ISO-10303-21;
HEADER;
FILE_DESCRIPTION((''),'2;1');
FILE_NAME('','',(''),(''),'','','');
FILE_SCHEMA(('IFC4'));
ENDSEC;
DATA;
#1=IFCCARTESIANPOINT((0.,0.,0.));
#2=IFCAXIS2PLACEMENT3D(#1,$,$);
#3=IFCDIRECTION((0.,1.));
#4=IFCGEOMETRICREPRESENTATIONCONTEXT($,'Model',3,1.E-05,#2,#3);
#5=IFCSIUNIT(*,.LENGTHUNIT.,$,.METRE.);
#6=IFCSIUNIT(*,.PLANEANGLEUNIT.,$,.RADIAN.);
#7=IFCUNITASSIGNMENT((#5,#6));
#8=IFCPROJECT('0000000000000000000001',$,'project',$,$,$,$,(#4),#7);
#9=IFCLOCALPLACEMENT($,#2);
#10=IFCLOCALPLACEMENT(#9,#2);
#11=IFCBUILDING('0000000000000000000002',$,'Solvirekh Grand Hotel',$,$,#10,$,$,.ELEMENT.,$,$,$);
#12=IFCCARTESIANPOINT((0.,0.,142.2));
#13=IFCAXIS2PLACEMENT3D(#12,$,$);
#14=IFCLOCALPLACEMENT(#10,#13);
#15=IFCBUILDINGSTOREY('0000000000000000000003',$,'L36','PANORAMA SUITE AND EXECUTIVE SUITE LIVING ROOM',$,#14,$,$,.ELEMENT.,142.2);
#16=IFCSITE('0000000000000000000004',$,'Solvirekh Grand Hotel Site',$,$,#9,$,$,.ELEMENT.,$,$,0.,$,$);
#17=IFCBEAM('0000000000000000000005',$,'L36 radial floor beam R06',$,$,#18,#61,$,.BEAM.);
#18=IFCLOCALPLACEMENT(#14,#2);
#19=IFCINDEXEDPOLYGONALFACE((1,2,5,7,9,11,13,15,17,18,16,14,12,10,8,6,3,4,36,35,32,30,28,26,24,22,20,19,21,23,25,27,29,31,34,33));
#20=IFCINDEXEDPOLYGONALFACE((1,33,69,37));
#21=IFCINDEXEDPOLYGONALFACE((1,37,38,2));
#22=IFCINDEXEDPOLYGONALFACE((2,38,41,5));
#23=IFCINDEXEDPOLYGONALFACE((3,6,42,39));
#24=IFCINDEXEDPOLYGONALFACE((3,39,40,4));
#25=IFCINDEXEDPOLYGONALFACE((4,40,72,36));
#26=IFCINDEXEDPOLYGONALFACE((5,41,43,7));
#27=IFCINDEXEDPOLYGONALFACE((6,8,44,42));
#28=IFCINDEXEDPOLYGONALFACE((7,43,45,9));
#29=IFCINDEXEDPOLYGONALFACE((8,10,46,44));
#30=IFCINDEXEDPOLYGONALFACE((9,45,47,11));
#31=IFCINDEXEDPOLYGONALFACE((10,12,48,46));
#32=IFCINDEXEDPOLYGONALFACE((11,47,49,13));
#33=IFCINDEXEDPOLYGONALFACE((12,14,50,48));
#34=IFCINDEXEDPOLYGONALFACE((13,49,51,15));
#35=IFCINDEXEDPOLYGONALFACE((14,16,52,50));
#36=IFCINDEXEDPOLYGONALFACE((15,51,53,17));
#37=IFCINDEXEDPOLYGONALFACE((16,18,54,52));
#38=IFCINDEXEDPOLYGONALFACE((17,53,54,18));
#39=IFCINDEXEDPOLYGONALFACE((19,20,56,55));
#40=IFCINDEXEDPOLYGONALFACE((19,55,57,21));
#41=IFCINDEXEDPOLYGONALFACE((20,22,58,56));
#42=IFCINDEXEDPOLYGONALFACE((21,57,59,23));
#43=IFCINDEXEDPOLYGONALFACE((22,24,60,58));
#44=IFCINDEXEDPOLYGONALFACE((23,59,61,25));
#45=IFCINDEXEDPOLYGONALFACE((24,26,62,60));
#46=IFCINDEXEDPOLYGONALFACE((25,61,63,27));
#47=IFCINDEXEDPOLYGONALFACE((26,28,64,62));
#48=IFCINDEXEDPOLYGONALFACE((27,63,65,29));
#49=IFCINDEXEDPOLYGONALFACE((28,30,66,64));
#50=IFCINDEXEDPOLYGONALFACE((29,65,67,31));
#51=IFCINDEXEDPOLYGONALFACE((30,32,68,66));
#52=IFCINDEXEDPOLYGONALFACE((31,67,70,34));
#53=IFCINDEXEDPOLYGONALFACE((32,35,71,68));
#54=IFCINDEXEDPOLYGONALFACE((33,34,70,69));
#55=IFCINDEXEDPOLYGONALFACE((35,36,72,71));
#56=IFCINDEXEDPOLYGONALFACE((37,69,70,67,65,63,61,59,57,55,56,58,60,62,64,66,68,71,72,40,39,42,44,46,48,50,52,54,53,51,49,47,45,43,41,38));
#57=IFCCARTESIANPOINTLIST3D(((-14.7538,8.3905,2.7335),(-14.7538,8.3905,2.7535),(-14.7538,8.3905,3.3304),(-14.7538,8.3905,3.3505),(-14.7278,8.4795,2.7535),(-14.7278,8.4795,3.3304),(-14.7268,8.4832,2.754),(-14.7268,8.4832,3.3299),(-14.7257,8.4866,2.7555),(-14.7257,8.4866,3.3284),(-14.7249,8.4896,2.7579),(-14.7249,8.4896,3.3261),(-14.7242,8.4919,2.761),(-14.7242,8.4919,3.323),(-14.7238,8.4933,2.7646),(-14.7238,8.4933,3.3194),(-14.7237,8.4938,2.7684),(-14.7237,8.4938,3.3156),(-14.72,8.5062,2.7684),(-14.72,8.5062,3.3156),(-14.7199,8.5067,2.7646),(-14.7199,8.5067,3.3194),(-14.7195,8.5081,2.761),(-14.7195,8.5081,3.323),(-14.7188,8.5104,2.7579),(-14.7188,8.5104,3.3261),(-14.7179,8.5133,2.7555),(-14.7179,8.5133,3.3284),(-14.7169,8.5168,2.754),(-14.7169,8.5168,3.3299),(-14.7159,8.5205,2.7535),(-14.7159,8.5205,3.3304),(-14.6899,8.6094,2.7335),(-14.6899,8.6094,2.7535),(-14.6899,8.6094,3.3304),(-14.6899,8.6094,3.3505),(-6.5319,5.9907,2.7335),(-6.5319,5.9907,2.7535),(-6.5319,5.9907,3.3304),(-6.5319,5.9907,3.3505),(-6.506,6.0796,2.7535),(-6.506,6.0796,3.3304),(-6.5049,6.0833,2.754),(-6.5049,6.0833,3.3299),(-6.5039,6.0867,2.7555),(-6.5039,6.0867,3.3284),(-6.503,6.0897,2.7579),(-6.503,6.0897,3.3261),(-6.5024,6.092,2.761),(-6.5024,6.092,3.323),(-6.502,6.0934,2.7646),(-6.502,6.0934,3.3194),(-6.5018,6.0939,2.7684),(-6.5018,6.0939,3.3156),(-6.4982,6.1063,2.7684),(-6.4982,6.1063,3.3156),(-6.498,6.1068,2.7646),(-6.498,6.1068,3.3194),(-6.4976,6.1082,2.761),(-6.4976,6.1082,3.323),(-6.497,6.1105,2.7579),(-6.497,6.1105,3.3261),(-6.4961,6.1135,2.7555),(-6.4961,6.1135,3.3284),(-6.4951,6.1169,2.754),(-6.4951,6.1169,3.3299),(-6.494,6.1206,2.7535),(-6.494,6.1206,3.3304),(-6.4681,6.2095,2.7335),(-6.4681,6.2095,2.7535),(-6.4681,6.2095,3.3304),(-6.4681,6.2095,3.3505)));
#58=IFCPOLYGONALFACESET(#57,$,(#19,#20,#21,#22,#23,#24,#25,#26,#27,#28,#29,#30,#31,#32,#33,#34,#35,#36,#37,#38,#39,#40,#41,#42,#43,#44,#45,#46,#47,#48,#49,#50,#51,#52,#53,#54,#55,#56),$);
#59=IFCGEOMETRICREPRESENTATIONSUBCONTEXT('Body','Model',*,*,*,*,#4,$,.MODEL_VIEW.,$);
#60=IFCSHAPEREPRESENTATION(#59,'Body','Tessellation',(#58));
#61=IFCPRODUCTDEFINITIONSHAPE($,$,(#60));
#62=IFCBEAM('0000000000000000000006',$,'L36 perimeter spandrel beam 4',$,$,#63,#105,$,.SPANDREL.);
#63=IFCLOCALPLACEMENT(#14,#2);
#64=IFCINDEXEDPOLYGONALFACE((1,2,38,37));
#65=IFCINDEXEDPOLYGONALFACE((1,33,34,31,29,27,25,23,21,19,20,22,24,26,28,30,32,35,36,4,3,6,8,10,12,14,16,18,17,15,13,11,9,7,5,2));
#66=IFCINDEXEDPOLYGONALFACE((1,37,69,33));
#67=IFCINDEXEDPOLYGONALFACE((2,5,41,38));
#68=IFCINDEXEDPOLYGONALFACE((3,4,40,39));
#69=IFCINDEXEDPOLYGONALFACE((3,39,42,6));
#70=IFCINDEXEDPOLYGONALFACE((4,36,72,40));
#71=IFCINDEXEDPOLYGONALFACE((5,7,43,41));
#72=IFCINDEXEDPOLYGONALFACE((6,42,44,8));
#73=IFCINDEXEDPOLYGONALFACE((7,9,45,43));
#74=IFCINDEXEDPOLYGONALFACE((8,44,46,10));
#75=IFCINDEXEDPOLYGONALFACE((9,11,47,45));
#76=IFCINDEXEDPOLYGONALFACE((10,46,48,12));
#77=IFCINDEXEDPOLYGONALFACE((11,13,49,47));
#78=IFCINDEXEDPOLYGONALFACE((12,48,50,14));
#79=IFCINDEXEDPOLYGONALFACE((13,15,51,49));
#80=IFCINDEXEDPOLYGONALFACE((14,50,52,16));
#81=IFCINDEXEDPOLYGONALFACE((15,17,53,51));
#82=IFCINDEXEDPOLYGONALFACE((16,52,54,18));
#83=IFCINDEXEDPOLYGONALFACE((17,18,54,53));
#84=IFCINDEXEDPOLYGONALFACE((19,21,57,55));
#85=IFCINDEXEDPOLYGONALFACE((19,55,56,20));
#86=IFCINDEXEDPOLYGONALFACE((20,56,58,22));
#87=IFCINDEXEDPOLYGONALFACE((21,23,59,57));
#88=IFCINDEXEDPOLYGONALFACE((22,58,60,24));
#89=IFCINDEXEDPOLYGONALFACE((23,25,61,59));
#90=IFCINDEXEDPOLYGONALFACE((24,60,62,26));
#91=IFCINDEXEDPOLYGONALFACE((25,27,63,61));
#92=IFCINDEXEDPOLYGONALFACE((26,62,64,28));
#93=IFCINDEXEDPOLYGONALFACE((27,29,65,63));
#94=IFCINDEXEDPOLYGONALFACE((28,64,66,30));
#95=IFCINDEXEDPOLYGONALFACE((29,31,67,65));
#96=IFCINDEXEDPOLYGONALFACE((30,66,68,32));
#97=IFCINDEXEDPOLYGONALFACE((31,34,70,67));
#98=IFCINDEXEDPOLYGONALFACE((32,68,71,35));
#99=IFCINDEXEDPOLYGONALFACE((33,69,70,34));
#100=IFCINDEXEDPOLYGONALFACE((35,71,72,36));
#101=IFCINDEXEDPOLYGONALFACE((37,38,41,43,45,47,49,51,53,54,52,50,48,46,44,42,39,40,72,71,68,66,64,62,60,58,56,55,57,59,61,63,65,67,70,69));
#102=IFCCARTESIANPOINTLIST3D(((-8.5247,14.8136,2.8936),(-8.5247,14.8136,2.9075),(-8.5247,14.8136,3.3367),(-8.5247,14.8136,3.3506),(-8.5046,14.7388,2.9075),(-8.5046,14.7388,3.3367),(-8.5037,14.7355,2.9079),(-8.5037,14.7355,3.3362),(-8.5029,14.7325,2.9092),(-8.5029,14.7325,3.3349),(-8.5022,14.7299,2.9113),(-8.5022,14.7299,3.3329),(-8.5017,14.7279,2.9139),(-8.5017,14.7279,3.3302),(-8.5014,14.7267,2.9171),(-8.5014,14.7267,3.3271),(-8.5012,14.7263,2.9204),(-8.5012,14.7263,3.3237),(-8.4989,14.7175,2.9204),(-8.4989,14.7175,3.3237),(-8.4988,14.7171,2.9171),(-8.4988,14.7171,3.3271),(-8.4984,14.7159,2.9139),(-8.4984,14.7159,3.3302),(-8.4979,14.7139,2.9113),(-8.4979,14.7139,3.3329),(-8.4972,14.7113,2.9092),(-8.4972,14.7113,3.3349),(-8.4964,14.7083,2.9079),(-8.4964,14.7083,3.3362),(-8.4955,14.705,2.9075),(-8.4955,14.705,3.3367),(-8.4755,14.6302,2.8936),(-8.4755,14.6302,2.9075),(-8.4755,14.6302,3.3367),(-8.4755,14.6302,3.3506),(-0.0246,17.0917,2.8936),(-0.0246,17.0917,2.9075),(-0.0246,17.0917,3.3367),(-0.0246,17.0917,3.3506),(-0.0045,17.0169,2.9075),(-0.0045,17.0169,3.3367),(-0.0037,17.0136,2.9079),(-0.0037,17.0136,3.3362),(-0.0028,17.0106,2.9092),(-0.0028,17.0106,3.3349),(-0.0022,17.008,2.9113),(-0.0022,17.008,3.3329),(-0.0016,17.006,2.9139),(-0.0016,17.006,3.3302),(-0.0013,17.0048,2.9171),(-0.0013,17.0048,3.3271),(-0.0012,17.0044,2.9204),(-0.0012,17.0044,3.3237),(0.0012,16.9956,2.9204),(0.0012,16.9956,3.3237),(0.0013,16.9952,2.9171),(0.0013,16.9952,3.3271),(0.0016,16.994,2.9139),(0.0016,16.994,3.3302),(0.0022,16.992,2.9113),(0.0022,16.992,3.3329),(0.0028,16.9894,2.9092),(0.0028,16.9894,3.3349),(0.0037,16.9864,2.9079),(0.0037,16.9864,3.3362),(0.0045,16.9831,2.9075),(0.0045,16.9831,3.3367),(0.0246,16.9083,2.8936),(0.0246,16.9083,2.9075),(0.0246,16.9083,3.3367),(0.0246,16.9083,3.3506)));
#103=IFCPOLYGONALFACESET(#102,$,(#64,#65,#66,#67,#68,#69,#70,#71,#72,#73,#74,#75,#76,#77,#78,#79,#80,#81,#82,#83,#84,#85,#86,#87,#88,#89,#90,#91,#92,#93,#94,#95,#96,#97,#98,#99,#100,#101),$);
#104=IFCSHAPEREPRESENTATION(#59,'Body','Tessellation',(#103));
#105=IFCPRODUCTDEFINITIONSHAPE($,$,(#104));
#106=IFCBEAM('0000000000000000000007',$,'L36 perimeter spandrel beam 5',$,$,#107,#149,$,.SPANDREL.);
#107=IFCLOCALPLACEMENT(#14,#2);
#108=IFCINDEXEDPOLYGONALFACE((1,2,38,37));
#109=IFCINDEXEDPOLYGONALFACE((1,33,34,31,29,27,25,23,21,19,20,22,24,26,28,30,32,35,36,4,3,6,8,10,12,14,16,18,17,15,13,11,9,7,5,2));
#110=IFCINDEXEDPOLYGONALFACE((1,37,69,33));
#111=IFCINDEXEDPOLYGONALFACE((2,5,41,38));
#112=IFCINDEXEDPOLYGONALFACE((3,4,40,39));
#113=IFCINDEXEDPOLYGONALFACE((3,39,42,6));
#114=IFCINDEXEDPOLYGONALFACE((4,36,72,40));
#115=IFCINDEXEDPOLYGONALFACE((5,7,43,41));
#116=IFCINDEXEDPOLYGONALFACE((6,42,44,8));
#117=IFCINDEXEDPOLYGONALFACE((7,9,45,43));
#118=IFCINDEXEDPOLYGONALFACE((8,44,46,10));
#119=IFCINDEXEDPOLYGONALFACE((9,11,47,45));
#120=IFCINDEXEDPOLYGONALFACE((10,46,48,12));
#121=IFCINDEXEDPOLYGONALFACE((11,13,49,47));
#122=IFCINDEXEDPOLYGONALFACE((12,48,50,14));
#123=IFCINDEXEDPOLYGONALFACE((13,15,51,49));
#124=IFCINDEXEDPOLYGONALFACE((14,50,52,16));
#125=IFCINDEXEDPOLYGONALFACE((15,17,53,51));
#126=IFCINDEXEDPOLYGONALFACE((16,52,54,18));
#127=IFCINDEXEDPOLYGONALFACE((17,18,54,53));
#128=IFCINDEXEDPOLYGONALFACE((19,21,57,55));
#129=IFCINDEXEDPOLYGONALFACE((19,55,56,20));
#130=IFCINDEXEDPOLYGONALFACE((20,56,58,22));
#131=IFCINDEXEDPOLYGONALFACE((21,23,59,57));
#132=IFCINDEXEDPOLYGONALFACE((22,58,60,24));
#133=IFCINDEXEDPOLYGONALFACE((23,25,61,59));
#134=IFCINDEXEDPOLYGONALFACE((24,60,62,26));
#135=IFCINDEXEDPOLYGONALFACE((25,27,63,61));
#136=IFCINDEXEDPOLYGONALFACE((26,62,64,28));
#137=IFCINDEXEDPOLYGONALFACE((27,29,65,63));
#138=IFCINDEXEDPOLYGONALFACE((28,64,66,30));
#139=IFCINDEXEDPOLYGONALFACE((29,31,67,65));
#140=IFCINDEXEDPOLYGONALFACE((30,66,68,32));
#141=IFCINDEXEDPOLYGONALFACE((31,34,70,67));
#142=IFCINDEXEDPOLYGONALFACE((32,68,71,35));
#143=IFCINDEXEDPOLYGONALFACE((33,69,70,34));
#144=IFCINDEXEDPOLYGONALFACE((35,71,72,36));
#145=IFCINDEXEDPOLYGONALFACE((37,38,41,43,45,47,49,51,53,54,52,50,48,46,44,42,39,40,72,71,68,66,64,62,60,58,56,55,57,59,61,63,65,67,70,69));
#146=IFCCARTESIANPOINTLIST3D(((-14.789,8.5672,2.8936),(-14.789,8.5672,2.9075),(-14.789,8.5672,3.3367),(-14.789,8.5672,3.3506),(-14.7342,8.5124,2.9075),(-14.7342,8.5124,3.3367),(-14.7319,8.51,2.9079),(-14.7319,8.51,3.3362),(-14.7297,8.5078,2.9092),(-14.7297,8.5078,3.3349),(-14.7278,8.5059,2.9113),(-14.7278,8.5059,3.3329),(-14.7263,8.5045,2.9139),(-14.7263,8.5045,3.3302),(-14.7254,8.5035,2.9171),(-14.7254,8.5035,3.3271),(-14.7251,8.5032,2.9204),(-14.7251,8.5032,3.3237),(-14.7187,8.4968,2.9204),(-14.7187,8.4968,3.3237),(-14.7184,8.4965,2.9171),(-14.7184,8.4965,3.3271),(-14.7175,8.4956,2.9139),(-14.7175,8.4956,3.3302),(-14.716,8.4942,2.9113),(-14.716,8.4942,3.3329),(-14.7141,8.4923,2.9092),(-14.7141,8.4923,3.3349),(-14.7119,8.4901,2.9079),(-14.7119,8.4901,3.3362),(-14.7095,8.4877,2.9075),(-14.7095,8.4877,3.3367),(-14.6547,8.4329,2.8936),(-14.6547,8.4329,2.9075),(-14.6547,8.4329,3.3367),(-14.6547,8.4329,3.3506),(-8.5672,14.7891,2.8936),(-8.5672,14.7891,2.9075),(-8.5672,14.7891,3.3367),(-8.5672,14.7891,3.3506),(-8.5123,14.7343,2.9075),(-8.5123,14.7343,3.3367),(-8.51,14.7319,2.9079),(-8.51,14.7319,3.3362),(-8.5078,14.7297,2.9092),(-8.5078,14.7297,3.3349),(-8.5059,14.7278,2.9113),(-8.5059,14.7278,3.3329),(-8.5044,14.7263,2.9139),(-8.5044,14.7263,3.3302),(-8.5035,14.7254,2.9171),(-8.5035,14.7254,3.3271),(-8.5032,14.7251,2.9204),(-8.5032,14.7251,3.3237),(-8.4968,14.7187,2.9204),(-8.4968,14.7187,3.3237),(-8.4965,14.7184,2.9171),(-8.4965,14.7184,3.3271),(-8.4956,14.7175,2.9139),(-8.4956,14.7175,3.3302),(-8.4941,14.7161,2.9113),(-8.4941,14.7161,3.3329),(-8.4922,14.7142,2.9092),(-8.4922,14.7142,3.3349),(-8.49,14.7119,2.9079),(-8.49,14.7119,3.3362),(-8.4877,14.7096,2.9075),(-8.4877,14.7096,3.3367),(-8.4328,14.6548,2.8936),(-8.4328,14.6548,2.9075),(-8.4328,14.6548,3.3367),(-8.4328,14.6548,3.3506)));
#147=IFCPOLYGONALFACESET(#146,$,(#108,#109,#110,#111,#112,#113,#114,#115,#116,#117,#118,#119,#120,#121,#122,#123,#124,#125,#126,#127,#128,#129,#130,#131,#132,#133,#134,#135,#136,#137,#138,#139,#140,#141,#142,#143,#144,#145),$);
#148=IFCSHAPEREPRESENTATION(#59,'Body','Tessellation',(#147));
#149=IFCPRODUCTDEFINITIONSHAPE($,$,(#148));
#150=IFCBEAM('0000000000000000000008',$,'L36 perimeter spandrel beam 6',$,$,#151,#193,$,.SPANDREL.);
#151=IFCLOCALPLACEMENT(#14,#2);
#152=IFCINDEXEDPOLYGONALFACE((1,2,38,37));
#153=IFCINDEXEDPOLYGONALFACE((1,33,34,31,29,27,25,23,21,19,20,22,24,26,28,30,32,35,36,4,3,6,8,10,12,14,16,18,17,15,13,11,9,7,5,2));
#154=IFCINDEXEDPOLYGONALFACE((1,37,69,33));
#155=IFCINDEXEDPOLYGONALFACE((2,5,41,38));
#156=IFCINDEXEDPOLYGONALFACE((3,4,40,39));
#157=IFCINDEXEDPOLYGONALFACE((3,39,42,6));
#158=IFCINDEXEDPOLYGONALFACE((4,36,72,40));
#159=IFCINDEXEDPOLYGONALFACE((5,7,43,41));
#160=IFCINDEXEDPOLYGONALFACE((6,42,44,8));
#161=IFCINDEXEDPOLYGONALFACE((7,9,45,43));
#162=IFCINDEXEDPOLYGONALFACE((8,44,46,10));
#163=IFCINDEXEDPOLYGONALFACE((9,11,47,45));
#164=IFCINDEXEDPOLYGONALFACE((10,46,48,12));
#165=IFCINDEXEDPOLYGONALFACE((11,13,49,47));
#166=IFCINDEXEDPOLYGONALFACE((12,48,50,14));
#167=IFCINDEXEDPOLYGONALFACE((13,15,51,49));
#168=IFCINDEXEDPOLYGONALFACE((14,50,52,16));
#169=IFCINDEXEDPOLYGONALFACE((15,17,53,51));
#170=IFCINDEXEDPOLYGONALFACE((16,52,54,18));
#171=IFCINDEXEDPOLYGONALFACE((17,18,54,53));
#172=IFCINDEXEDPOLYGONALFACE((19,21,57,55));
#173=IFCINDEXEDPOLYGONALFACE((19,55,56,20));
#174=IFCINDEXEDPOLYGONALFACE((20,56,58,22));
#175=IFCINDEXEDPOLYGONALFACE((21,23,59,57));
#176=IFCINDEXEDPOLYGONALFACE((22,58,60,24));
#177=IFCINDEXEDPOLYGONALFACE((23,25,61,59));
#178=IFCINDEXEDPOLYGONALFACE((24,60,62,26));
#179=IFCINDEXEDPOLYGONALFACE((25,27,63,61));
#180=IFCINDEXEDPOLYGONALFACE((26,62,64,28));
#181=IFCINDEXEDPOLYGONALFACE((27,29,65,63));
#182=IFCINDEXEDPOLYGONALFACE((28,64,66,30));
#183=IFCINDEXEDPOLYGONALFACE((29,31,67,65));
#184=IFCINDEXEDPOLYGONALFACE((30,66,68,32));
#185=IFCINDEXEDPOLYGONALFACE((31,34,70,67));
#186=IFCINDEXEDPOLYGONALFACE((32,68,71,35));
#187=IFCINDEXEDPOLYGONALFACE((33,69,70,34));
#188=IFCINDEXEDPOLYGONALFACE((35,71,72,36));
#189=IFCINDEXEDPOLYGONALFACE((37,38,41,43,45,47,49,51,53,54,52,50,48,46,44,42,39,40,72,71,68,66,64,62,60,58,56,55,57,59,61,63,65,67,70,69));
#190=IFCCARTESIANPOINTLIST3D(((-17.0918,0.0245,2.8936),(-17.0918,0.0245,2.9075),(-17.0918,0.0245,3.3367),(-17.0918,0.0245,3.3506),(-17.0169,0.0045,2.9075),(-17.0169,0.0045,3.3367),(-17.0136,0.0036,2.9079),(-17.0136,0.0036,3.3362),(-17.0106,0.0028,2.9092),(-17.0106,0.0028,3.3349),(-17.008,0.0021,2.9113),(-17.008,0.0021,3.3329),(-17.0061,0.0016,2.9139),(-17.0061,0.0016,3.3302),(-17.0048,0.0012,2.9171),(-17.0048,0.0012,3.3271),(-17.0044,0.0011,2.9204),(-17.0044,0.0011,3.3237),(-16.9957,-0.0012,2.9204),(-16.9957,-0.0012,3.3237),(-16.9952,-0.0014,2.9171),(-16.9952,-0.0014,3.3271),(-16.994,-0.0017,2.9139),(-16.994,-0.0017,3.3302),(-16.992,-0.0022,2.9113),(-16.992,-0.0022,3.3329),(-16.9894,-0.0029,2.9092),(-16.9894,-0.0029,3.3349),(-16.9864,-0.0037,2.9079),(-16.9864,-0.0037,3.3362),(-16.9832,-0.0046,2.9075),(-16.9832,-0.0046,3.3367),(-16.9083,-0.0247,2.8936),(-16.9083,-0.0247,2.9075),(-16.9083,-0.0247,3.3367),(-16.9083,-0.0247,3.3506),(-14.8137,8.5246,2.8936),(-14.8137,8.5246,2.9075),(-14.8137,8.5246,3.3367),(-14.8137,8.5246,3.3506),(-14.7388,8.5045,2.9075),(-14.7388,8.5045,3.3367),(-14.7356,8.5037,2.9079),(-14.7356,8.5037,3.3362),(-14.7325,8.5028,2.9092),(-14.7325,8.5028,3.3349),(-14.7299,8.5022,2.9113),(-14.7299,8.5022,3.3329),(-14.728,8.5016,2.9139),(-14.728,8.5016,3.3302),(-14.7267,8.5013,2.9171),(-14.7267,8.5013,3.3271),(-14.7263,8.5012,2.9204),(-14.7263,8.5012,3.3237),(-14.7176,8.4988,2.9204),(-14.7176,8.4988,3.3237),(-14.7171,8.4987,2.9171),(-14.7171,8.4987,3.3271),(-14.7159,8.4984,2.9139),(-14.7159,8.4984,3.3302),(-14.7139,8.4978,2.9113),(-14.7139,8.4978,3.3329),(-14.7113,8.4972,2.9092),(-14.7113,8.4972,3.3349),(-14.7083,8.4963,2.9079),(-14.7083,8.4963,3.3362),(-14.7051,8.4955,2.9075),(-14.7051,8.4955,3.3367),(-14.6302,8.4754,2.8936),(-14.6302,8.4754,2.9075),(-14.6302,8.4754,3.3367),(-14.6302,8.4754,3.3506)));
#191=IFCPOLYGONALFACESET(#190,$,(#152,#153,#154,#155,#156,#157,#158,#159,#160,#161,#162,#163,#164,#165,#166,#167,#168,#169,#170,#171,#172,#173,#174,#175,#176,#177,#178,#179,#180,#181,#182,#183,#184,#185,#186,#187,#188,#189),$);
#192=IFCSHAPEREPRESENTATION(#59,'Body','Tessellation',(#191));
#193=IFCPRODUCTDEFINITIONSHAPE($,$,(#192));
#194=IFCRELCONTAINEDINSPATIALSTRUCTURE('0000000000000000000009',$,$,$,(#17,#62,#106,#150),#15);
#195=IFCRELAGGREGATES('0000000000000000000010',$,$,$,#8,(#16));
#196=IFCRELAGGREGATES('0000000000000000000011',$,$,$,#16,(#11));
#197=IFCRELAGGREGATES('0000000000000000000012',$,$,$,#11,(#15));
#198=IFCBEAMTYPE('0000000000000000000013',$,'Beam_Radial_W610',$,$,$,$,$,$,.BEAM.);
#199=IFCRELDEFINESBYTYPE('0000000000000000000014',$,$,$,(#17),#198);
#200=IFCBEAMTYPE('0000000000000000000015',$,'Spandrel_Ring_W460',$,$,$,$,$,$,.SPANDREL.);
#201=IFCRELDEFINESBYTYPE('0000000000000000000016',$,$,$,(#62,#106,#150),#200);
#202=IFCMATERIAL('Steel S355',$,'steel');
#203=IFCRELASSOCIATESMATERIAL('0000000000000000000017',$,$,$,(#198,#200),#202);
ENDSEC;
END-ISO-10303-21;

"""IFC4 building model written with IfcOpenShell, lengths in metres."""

from ifc_helpers import new_model, si_unit, direction, frame, origin, origin_2d, place, context, subcontext, project, spatial, i_section, extrude, material, material_profile, profile_set, type_object, element, save


model = new_model("IFC4")

# Units and contexts
model_context = context("Model", 3, precision=1e-05, world=origin(), true_north=direction((0.0, 1.0)))
body_context = subcontext(model_context, "Body", "Model", "MODEL_VIEW")
ifc_project = project(units=[si_unit("LENGTHUNIT", "METRE"), si_unit("PLANEANGLEUNIT", "RADIAN")], contexts=[model_context])

# Site, building, storey
site_placement = place(None, origin())
site = spatial("IfcSite", under=ifc_project, at=site_placement, Name="Solvirekh Grand Hotel Site", CompositionType="ELEMENT", RefElevation=0.0)
building_placement = place(site_placement, origin())
building = spatial("IfcBuilding", under=site, at=building_placement, Name="Solvirekh Grand Hotel", CompositionType="ELEMENT")
storey_placement = place(building_placement, frame((0.0, 0.0, 142.2)))
storey = spatial("IfcBuildingStorey", under=building, at=storey_placement, Name="L36", Description="PANORAMA SUITE AND EXECUTIVE SUITE LIVING ROOM", CompositionType="ELEMENT", Elevation=142.2)

# Beams
ifc_material_1 = material(Name="Steel S355", Category="steel")
ifc_material_profile_1 = material_profile(ifc_material_1, i_section(OverallWidth=0.228, OverallDepth=0.6169, WebThickness=0.0129, FlangeThickness=0.02, FilletRadius=0.0149, at=origin_2d()), Name="W610X140")
ifc_profile_set_1 = profile_set([ifc_material_profile_1], Name="Steel S355")
beam_type_1 = type_object("IfcBeamType", Name="Beam_Radial_W610", PredefinedType="BEAM", material=ifc_profile_set_1)
beam_1_placement = place(storey_placement, frame((-6.5, 6.1001, 3.042), z_axis=(-0.959942, 0.280198, 0.0), x_axis=(-0.280198, -0.959942, 0.0)))
element("IfcBeam", 1, at=beam_1_placement, inside=storey, type_object=beam_type_1, Name="L36 radial floor beam R06", PredefinedType="BEAM", context=body_context, shape_type="SweptSolid", body=[
    extrude(i_section(OverallWidth=0.228, OverallDepth=0.6169, WebThickness=0.0129, FlangeThickness=0.02, FilletRadius=0.0149, at=origin_2d()), origin(), (0.0, 0.0, 1.0), 8.5649),
])
ifc_material_profile_2 = material_profile(ifc_material_1, i_section(OverallWidth=0.1899, OverallDepth=0.457, WebThickness=0.009, FlangeThickness=0.0139, FilletRadius=0.0129, at=origin_2d()), Name="W460X74")
ifc_profile_set_2 = profile_set([ifc_material_profile_2], Name="Steel S355")
beam_type_2 = type_object("IfcBeamType", Name="Spandrel_Ring_W460", PredefinedType="SPANDREL", material=ifc_profile_set_2)
beam_2_placement = place(storey_placement, frame((0.0, 17.0, 3.1221), z_axis=(-0.965911, -0.258873, 0.0), x_axis=(0.258873, -0.965911, 0.0)))
element("IfcBeam", 2, at=beam_2_placement, inside=storey, type_object=beam_type_2, Name="L36 perimeter spandrel beam 4", PredefinedType="SPANDREL", context=body_context, shape_type="SweptSolid", body=[
    extrude(i_section(OverallWidth=0.1899, OverallDepth=0.457, WebThickness=0.009, FlangeThickness=0.0139, FilletRadius=0.0129, at=origin_2d()), origin(), (0.0, 0.0, 1.0), 8.8),
])
beam_3_placement = place(storey_placement, frame((-8.5, 14.7219, 3.1221), z_axis=(-0.707107, -0.707107, 0.0), x_axis=(0.707107, -0.707107, 0.0)))
element("IfcBeam", 3, at=beam_3_placement, inside=storey, type_object=beam_type_2, Name="L36 perimeter spandrel beam 5", PredefinedType="SPANDREL", context=body_context, shape_type="SweptSolid", body=[
    extrude(i_section(OverallWidth=0.1899, OverallDepth=0.457, WebThickness=0.009, FlangeThickness=0.0139, FilletRadius=0.0129, at=origin_2d()), origin(), (0.0, 0.0, 1.0), 8.7991),
])
beam_4_placement = place(storey_placement, frame((-14.7219, 8.5, 3.1221), z_axis=(-0.258873, -0.965911, 0.0), x_axis=(0.965911, -0.258873, 0.0)))
element("IfcBeam", 4, at=beam_4_placement, inside=storey, type_object=beam_type_2, Name="L36 perimeter spandrel beam 6", PredefinedType="SPANDREL", context=body_context, shape_type="SweptSolid", body=[
    extrude(i_section(OverallWidth=0.1899, OverallDepth=0.457, WebThickness=0.009, FlangeThickness=0.0139, FilletRadius=0.0129, at=origin_2d()), origin(), (0.0, 0.0, 1.0), 8.8),
])

save(model, "model.ifc")
